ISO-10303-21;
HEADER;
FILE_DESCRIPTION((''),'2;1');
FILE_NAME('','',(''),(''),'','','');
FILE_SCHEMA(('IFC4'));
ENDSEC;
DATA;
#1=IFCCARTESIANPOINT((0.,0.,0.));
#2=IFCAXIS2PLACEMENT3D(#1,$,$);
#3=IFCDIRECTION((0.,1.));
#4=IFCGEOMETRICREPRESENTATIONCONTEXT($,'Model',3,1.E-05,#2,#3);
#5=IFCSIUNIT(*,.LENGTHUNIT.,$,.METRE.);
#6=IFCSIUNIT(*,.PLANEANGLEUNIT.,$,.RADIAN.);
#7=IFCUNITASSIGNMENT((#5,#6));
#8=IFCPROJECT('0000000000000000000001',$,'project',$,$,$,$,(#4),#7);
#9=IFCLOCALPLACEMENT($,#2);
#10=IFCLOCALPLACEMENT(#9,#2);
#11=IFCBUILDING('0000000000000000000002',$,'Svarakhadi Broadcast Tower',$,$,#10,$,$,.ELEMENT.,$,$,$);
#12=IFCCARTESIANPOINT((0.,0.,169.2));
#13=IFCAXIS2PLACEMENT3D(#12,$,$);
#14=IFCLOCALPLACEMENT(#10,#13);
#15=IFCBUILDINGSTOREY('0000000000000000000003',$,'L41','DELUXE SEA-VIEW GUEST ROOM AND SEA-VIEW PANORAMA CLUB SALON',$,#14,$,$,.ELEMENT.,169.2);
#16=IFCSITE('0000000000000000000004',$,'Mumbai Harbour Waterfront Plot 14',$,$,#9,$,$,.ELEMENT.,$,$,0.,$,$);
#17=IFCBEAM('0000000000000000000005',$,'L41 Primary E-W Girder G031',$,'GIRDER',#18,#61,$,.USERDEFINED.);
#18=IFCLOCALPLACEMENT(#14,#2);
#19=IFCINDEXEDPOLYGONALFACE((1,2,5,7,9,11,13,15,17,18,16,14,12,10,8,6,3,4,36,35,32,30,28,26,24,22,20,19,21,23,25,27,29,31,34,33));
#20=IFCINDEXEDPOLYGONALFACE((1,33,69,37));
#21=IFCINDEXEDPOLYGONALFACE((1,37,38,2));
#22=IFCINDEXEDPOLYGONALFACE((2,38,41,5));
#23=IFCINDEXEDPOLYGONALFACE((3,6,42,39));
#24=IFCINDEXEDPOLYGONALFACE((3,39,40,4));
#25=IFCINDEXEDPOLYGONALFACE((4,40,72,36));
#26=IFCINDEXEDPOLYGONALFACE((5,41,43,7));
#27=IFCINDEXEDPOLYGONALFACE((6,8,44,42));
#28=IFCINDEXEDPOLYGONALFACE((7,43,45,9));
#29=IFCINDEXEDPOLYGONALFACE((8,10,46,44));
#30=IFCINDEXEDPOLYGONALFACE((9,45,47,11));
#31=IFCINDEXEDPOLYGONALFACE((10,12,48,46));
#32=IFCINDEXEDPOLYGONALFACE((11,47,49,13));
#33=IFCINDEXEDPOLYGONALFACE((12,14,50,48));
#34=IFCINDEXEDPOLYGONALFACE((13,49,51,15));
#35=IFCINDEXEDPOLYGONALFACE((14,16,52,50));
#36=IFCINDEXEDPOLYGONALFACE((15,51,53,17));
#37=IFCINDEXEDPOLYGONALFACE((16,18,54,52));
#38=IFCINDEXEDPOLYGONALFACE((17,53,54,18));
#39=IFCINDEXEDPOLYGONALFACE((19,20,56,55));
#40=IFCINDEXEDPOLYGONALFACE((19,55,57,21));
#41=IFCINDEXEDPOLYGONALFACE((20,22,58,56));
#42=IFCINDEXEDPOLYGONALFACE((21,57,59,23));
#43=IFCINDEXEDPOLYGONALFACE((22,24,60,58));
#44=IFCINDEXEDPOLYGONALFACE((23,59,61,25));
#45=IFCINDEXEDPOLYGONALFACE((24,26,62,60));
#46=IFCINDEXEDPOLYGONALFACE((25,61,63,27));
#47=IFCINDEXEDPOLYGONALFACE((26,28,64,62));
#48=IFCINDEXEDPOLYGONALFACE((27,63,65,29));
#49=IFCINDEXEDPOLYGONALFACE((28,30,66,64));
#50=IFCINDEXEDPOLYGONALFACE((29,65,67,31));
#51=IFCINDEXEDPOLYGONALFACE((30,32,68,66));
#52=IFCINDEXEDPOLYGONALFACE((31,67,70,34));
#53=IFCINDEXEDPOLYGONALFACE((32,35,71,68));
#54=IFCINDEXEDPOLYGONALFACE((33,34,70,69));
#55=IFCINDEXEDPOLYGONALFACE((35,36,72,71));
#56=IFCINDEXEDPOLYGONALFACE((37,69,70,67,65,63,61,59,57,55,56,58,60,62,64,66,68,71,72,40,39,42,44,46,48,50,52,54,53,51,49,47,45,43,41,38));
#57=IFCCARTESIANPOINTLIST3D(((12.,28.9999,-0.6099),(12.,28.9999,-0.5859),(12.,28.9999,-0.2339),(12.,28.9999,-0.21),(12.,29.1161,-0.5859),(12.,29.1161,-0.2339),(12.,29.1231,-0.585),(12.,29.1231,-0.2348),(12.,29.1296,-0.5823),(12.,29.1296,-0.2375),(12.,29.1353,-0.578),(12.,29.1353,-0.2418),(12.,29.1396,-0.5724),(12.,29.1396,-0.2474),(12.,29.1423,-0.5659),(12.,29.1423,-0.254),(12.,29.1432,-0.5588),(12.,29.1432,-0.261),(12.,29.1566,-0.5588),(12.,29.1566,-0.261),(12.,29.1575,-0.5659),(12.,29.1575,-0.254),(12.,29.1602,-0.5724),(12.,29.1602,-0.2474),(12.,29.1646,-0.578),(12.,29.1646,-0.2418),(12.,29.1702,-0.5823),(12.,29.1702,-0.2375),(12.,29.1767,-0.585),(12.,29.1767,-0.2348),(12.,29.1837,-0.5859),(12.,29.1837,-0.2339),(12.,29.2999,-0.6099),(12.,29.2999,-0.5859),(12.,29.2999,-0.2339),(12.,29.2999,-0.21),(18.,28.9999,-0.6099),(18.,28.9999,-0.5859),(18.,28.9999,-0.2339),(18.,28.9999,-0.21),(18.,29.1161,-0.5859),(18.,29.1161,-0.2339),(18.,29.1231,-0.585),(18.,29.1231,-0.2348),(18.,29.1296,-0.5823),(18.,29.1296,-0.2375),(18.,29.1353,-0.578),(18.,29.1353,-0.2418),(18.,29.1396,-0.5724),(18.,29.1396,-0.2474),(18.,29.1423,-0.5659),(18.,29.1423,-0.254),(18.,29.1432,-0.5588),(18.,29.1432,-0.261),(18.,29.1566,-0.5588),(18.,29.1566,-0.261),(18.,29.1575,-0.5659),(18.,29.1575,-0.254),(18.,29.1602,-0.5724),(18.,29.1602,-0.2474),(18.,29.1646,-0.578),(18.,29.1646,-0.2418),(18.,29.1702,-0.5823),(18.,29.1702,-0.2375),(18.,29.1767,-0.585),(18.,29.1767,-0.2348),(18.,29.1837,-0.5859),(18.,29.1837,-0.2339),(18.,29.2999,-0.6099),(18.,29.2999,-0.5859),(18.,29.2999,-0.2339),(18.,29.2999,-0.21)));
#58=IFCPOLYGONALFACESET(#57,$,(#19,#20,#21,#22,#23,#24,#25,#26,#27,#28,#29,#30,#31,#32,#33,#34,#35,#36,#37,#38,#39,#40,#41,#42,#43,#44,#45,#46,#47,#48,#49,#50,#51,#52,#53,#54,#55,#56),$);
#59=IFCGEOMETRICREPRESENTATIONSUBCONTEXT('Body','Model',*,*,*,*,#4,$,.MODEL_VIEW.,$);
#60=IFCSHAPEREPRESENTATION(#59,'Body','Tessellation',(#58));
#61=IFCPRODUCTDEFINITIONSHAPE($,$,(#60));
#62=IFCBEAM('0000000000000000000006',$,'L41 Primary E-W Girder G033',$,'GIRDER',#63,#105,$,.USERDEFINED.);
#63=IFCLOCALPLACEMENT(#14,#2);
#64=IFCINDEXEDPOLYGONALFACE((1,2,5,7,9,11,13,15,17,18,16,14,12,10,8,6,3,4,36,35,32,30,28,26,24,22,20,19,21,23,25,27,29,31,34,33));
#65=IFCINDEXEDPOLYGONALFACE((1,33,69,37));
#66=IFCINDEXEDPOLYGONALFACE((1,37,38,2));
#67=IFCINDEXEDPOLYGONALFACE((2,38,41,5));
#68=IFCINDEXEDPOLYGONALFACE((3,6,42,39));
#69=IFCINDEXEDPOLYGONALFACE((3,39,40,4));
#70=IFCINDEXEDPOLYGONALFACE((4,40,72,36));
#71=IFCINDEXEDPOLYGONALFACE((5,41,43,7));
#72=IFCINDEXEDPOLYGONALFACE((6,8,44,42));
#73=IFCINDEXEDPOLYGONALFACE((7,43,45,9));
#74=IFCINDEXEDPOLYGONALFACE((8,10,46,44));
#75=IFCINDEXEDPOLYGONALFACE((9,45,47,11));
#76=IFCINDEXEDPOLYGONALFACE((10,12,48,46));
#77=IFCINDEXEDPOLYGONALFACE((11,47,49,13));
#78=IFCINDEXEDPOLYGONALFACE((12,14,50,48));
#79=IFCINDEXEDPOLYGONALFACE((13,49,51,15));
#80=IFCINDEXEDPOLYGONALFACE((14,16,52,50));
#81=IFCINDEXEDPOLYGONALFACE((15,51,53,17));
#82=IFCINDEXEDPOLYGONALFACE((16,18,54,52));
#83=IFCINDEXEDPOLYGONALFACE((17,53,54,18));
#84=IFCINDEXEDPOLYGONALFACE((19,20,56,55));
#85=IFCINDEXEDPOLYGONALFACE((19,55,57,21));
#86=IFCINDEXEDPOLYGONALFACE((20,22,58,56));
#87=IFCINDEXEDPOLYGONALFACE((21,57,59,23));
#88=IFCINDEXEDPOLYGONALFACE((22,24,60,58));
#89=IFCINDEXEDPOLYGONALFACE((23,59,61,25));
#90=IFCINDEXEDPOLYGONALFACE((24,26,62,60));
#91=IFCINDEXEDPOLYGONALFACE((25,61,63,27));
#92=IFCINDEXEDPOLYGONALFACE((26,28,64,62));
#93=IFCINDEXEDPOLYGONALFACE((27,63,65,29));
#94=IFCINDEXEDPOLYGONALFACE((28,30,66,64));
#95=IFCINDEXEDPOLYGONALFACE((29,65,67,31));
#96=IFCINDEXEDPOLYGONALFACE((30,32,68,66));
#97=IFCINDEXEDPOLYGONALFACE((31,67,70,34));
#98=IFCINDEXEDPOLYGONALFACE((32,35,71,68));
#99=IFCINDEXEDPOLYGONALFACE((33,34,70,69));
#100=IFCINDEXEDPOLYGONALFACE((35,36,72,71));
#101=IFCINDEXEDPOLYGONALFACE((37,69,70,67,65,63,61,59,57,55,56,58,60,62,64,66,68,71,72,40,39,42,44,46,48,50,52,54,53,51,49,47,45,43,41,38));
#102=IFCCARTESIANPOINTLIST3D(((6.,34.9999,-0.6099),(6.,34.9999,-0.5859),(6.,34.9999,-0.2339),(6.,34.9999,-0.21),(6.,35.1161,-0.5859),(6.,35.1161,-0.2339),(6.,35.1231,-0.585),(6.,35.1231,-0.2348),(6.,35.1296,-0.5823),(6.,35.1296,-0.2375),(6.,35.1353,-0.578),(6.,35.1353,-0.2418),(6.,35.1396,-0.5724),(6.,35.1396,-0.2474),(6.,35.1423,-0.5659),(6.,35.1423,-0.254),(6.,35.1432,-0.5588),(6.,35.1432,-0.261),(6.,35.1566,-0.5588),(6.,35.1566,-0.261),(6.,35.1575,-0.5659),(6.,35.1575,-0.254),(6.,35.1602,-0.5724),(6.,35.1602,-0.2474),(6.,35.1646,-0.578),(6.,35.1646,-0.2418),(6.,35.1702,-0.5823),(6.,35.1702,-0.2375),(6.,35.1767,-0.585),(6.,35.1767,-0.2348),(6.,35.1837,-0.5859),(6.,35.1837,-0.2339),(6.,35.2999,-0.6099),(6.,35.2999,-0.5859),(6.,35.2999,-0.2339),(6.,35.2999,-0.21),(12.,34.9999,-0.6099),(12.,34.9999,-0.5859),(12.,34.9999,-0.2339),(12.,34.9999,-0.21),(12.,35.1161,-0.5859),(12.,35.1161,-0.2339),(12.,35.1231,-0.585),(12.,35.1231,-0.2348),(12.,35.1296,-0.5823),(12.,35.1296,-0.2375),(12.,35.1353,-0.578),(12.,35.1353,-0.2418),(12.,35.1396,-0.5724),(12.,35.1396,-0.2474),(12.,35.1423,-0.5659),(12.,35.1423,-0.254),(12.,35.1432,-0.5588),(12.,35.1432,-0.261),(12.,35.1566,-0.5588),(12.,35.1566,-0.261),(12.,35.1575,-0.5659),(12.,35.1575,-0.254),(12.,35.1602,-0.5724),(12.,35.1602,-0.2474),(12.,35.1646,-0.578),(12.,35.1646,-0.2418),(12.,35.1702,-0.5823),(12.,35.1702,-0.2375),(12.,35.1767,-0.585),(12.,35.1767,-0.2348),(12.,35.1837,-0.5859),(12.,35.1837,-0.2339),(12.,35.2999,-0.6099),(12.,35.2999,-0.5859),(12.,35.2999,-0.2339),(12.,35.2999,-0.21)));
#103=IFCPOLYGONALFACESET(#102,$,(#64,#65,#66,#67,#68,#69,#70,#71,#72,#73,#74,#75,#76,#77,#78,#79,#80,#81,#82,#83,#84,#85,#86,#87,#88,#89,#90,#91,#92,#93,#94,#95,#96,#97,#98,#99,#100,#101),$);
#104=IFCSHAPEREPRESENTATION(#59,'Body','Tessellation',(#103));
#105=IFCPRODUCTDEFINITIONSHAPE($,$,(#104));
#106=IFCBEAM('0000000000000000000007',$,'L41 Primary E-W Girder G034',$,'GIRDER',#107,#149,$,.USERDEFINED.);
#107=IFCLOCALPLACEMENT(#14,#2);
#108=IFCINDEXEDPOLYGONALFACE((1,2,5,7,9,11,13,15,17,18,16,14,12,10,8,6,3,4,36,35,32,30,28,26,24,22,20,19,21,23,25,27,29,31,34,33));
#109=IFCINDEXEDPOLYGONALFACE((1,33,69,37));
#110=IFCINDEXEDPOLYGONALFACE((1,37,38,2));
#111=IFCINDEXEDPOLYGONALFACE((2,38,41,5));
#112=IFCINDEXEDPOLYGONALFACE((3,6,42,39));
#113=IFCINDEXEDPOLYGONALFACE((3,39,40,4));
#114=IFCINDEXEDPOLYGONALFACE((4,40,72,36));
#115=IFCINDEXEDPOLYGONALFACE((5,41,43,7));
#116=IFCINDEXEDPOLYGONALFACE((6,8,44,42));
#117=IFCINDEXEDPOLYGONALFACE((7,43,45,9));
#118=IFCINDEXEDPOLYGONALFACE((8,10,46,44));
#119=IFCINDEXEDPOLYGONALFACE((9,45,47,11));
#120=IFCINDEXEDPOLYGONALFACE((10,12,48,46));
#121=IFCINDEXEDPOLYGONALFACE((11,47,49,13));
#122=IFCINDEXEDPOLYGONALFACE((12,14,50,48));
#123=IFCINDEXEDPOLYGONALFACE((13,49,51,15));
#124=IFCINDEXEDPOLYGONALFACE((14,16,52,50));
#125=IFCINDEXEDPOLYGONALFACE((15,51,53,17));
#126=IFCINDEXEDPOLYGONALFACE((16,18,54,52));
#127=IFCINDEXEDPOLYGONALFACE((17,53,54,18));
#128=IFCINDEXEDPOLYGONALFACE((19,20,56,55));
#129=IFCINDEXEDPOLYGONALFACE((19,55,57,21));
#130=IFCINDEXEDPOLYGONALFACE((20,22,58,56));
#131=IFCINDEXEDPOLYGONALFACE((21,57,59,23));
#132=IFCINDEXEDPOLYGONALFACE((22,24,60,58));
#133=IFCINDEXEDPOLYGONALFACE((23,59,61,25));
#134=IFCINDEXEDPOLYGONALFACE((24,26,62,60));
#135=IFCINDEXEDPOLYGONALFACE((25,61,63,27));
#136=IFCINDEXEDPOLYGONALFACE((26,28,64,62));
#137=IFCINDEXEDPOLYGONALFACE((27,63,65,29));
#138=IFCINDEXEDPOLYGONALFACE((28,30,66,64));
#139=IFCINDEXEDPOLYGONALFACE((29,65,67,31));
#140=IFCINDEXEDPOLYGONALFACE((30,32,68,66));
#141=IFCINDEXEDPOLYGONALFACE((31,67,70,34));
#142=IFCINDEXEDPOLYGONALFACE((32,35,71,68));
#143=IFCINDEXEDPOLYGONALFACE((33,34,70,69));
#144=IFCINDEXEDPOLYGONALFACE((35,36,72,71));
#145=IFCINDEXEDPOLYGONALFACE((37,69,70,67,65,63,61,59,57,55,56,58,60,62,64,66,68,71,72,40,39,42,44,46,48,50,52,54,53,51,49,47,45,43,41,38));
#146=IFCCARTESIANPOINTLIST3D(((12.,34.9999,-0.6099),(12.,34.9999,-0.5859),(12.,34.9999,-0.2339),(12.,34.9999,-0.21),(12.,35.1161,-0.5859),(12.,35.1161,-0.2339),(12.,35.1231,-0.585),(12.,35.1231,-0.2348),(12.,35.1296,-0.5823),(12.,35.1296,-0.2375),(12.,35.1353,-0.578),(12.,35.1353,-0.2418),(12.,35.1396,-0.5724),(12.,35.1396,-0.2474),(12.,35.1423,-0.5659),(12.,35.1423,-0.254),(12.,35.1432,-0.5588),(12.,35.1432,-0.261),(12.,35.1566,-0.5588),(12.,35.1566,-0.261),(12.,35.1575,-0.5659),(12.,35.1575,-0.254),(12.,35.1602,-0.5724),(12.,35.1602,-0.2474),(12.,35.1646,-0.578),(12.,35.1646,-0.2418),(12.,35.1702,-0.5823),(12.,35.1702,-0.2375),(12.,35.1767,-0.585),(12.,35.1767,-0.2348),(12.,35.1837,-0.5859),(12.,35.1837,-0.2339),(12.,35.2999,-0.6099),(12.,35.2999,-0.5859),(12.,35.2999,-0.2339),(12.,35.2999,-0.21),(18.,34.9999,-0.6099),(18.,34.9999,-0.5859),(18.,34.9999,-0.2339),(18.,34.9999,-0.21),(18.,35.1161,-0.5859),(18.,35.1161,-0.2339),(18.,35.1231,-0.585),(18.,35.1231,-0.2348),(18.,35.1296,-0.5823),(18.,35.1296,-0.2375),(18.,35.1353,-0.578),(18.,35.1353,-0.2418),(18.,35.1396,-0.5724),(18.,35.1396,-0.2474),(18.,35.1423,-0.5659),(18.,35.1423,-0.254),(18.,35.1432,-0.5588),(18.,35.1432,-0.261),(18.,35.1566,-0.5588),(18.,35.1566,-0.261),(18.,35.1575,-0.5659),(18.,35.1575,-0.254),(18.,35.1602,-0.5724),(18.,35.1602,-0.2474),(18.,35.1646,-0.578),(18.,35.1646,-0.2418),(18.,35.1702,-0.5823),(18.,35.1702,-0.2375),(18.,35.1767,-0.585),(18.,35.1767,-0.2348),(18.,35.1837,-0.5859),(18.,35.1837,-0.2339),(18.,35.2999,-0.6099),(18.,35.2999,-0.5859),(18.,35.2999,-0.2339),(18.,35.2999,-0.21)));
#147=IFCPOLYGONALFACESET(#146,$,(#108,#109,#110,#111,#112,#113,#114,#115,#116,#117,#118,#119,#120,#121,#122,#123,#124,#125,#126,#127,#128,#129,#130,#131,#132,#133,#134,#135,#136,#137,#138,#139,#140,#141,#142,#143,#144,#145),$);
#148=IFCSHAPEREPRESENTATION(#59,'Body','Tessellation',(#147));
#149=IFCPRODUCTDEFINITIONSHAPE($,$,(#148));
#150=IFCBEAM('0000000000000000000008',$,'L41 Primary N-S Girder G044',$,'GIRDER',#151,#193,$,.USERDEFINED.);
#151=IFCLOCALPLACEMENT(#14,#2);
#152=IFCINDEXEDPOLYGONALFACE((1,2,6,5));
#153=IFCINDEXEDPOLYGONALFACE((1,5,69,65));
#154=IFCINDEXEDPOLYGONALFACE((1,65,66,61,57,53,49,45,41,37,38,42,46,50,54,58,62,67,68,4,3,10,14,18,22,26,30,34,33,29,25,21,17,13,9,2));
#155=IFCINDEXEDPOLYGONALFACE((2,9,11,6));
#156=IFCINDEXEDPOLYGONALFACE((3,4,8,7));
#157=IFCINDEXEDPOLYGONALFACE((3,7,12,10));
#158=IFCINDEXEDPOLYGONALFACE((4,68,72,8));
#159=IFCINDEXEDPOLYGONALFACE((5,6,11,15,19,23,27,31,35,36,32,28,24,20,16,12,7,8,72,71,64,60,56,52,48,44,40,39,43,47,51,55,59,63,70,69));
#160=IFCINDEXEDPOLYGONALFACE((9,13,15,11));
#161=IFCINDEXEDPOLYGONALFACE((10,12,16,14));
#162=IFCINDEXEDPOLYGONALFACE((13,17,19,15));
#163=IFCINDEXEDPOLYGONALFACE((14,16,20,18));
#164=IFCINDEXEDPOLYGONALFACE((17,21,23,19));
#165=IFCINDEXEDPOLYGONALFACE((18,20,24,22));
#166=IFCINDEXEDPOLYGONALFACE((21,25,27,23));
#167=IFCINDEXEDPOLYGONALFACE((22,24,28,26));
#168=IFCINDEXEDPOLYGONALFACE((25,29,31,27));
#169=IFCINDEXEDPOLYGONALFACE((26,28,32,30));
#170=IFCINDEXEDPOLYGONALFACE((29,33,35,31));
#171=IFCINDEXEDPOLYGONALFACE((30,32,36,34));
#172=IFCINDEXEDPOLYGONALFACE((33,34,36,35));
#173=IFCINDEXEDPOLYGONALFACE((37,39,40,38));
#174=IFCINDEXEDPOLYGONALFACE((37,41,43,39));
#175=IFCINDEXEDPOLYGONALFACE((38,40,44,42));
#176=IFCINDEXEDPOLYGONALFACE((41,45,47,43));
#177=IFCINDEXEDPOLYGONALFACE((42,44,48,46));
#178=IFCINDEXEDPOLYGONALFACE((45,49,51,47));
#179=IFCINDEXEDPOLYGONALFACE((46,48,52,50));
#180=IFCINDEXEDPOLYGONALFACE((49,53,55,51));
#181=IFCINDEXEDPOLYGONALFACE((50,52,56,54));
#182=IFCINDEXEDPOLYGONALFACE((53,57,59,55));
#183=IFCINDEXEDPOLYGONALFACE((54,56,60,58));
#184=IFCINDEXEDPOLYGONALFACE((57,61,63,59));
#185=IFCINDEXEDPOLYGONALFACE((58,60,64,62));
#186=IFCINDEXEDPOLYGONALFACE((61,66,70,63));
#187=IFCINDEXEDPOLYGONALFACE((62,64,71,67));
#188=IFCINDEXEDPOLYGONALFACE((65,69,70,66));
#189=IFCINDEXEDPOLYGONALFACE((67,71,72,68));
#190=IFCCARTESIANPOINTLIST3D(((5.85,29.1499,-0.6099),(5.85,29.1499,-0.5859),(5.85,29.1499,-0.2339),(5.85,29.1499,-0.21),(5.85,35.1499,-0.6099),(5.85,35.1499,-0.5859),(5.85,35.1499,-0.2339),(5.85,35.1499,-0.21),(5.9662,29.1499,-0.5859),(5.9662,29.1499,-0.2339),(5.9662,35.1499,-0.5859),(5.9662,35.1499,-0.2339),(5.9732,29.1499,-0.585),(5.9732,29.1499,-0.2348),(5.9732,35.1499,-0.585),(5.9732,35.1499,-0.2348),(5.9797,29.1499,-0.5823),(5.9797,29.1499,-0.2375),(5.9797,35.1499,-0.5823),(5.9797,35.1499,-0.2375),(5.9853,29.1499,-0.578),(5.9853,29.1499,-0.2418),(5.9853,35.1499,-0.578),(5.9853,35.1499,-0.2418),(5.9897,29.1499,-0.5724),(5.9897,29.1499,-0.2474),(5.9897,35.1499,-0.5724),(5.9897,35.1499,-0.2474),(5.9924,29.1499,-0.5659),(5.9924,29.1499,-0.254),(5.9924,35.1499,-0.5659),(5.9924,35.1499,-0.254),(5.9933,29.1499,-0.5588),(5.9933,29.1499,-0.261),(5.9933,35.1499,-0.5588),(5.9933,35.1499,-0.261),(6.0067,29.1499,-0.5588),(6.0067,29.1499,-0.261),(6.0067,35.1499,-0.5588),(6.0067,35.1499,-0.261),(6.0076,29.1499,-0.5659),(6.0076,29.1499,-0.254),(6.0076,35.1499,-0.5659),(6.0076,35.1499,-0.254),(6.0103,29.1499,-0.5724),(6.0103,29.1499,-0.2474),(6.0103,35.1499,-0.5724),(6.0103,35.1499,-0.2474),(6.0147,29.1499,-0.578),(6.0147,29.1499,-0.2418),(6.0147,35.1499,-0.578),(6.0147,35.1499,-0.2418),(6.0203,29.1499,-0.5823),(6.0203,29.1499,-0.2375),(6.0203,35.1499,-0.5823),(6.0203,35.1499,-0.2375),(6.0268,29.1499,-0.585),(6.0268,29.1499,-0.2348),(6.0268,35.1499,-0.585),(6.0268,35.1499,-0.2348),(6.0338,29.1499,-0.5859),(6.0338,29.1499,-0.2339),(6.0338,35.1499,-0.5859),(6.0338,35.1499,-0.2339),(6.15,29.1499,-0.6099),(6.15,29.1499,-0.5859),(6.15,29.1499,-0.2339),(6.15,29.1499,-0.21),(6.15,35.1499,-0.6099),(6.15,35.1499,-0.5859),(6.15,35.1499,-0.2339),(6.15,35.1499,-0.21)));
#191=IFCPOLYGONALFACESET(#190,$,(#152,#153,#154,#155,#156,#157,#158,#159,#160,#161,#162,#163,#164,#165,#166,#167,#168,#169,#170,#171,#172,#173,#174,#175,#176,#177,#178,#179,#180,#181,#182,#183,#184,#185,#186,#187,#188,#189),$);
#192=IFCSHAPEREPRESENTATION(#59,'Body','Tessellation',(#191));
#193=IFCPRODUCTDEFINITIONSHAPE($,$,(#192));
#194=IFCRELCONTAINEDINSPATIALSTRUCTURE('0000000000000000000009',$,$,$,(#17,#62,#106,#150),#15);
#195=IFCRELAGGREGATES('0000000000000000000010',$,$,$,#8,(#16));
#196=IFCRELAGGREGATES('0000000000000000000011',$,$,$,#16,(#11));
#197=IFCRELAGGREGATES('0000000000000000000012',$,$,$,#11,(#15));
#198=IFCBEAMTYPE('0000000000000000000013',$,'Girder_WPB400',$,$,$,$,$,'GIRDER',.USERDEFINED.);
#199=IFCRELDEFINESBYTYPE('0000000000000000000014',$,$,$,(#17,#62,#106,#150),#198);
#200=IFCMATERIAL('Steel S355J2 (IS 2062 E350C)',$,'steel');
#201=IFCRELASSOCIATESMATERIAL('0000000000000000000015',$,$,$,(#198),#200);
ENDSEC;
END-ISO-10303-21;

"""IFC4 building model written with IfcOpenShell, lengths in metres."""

from ifc_helpers import new_model, si_unit, direction, frame, origin, origin_2d, place, context, subcontext, project, spatial, i_section, extrude, material, material_profile, profile_set, type_object, element, save


model = new_model("IFC4")

# Units and contexts
model_context = context("Model", 3, precision=1e-05, world=origin(), true_north=direction((0.0, 1.0)))
body_context = subcontext(model_context, "Body", "Model", "MODEL_VIEW")
ifc_project = project(units=[si_unit("LENGTHUNIT", "METRE"), si_unit("PLANEANGLEUNIT", "RADIAN")], contexts=[model_context])

# Site, building, storey
site_placement = place(None, origin())
site = spatial("IfcSite", under=ifc_project, at=site_placement, Name="Mumbai Harbour Waterfront Plot 14", CompositionType="ELEMENT", RefElevation=0.0)
building_placement = place(site_placement, origin())
building = spatial("IfcBuilding", under=site, at=building_placement, Name="Svarakhadi Broadcast Tower", CompositionType="ELEMENT")
storey_placement = place(building_placement, frame((0.0, 0.0, 169.2)))
storey = spatial("IfcBuildingStorey", under=building, at=storey_placement, Name="L41", Description="DELUXE SEA-VIEW GUEST ROOM AND SEA-VIEW PANORAMA CLUB SALON", CompositionType="ELEMENT", Elevation=169.2)

# Beams
ifc_material_1 = material(Name="Steel S355J2 (IS 2062 E350C)", Category="steel")
ifc_material_profile_1 = material_profile(ifc_material_1, i_section(OverallWidth=0.3, OverallDepth=0.3999, WebThickness=0.0134, FlangeThickness=0.0239, FilletRadius=0.0271, at=origin_2d()), Name="WPB 400x300x155")
ifc_profile_set_1 = profile_set([ifc_material_profile_1], Name="Steel S355J2 (IS 2062 E350C)")
beam_type_1 = type_object("IfcBeamType", Name="Girder_WPB400", ElementType="GIRDER", PredefinedType="USERDEFINED", material=ifc_profile_set_1)
for number, where, z_axis, x_axis, name in (
    (1, (12.0, 29.1499, -0.4099), (1.0, 0.0, 0.0), (0.0, 1.0, 0.0), "L41 Primary E-W Girder G031"),
    (2, (6.0, 35.1499, -0.4099), (1.0, 0.0, 0.0), (0.0, 1.0, 0.0), "L41 Primary E-W Girder G033"),
    (3, (12.0, 35.1499, -0.4099), (1.0, 0.0, 0.0), (0.0, 1.0, 0.0), "L41 Primary E-W Girder G034"),
    (4, (6.0, 29.1499, -0.4099), (0.0, 1.0, 0.0), (-1.0, 0.0, 0.0), "L41 Primary N-S Girder G044"),
):
    element("IfcBeam", number, at=place(storey_placement, frame(where, z_axis=z_axis, x_axis=x_axis)), inside=storey, type_object=beam_type_1, Name=name, ObjectType="GIRDER", PredefinedType="USERDEFINED", context=body_context, shape_type="SweptSolid", body=[
        extrude(i_section(OverallWidth=0.3, OverallDepth=0.3999, WebThickness=0.0134, FlangeThickness=0.0239, FilletRadius=0.0271, at=origin_2d()), origin(), (0.0, 0.0, 1.0), 6.0),
    ])

save(model, "model.ifc")
